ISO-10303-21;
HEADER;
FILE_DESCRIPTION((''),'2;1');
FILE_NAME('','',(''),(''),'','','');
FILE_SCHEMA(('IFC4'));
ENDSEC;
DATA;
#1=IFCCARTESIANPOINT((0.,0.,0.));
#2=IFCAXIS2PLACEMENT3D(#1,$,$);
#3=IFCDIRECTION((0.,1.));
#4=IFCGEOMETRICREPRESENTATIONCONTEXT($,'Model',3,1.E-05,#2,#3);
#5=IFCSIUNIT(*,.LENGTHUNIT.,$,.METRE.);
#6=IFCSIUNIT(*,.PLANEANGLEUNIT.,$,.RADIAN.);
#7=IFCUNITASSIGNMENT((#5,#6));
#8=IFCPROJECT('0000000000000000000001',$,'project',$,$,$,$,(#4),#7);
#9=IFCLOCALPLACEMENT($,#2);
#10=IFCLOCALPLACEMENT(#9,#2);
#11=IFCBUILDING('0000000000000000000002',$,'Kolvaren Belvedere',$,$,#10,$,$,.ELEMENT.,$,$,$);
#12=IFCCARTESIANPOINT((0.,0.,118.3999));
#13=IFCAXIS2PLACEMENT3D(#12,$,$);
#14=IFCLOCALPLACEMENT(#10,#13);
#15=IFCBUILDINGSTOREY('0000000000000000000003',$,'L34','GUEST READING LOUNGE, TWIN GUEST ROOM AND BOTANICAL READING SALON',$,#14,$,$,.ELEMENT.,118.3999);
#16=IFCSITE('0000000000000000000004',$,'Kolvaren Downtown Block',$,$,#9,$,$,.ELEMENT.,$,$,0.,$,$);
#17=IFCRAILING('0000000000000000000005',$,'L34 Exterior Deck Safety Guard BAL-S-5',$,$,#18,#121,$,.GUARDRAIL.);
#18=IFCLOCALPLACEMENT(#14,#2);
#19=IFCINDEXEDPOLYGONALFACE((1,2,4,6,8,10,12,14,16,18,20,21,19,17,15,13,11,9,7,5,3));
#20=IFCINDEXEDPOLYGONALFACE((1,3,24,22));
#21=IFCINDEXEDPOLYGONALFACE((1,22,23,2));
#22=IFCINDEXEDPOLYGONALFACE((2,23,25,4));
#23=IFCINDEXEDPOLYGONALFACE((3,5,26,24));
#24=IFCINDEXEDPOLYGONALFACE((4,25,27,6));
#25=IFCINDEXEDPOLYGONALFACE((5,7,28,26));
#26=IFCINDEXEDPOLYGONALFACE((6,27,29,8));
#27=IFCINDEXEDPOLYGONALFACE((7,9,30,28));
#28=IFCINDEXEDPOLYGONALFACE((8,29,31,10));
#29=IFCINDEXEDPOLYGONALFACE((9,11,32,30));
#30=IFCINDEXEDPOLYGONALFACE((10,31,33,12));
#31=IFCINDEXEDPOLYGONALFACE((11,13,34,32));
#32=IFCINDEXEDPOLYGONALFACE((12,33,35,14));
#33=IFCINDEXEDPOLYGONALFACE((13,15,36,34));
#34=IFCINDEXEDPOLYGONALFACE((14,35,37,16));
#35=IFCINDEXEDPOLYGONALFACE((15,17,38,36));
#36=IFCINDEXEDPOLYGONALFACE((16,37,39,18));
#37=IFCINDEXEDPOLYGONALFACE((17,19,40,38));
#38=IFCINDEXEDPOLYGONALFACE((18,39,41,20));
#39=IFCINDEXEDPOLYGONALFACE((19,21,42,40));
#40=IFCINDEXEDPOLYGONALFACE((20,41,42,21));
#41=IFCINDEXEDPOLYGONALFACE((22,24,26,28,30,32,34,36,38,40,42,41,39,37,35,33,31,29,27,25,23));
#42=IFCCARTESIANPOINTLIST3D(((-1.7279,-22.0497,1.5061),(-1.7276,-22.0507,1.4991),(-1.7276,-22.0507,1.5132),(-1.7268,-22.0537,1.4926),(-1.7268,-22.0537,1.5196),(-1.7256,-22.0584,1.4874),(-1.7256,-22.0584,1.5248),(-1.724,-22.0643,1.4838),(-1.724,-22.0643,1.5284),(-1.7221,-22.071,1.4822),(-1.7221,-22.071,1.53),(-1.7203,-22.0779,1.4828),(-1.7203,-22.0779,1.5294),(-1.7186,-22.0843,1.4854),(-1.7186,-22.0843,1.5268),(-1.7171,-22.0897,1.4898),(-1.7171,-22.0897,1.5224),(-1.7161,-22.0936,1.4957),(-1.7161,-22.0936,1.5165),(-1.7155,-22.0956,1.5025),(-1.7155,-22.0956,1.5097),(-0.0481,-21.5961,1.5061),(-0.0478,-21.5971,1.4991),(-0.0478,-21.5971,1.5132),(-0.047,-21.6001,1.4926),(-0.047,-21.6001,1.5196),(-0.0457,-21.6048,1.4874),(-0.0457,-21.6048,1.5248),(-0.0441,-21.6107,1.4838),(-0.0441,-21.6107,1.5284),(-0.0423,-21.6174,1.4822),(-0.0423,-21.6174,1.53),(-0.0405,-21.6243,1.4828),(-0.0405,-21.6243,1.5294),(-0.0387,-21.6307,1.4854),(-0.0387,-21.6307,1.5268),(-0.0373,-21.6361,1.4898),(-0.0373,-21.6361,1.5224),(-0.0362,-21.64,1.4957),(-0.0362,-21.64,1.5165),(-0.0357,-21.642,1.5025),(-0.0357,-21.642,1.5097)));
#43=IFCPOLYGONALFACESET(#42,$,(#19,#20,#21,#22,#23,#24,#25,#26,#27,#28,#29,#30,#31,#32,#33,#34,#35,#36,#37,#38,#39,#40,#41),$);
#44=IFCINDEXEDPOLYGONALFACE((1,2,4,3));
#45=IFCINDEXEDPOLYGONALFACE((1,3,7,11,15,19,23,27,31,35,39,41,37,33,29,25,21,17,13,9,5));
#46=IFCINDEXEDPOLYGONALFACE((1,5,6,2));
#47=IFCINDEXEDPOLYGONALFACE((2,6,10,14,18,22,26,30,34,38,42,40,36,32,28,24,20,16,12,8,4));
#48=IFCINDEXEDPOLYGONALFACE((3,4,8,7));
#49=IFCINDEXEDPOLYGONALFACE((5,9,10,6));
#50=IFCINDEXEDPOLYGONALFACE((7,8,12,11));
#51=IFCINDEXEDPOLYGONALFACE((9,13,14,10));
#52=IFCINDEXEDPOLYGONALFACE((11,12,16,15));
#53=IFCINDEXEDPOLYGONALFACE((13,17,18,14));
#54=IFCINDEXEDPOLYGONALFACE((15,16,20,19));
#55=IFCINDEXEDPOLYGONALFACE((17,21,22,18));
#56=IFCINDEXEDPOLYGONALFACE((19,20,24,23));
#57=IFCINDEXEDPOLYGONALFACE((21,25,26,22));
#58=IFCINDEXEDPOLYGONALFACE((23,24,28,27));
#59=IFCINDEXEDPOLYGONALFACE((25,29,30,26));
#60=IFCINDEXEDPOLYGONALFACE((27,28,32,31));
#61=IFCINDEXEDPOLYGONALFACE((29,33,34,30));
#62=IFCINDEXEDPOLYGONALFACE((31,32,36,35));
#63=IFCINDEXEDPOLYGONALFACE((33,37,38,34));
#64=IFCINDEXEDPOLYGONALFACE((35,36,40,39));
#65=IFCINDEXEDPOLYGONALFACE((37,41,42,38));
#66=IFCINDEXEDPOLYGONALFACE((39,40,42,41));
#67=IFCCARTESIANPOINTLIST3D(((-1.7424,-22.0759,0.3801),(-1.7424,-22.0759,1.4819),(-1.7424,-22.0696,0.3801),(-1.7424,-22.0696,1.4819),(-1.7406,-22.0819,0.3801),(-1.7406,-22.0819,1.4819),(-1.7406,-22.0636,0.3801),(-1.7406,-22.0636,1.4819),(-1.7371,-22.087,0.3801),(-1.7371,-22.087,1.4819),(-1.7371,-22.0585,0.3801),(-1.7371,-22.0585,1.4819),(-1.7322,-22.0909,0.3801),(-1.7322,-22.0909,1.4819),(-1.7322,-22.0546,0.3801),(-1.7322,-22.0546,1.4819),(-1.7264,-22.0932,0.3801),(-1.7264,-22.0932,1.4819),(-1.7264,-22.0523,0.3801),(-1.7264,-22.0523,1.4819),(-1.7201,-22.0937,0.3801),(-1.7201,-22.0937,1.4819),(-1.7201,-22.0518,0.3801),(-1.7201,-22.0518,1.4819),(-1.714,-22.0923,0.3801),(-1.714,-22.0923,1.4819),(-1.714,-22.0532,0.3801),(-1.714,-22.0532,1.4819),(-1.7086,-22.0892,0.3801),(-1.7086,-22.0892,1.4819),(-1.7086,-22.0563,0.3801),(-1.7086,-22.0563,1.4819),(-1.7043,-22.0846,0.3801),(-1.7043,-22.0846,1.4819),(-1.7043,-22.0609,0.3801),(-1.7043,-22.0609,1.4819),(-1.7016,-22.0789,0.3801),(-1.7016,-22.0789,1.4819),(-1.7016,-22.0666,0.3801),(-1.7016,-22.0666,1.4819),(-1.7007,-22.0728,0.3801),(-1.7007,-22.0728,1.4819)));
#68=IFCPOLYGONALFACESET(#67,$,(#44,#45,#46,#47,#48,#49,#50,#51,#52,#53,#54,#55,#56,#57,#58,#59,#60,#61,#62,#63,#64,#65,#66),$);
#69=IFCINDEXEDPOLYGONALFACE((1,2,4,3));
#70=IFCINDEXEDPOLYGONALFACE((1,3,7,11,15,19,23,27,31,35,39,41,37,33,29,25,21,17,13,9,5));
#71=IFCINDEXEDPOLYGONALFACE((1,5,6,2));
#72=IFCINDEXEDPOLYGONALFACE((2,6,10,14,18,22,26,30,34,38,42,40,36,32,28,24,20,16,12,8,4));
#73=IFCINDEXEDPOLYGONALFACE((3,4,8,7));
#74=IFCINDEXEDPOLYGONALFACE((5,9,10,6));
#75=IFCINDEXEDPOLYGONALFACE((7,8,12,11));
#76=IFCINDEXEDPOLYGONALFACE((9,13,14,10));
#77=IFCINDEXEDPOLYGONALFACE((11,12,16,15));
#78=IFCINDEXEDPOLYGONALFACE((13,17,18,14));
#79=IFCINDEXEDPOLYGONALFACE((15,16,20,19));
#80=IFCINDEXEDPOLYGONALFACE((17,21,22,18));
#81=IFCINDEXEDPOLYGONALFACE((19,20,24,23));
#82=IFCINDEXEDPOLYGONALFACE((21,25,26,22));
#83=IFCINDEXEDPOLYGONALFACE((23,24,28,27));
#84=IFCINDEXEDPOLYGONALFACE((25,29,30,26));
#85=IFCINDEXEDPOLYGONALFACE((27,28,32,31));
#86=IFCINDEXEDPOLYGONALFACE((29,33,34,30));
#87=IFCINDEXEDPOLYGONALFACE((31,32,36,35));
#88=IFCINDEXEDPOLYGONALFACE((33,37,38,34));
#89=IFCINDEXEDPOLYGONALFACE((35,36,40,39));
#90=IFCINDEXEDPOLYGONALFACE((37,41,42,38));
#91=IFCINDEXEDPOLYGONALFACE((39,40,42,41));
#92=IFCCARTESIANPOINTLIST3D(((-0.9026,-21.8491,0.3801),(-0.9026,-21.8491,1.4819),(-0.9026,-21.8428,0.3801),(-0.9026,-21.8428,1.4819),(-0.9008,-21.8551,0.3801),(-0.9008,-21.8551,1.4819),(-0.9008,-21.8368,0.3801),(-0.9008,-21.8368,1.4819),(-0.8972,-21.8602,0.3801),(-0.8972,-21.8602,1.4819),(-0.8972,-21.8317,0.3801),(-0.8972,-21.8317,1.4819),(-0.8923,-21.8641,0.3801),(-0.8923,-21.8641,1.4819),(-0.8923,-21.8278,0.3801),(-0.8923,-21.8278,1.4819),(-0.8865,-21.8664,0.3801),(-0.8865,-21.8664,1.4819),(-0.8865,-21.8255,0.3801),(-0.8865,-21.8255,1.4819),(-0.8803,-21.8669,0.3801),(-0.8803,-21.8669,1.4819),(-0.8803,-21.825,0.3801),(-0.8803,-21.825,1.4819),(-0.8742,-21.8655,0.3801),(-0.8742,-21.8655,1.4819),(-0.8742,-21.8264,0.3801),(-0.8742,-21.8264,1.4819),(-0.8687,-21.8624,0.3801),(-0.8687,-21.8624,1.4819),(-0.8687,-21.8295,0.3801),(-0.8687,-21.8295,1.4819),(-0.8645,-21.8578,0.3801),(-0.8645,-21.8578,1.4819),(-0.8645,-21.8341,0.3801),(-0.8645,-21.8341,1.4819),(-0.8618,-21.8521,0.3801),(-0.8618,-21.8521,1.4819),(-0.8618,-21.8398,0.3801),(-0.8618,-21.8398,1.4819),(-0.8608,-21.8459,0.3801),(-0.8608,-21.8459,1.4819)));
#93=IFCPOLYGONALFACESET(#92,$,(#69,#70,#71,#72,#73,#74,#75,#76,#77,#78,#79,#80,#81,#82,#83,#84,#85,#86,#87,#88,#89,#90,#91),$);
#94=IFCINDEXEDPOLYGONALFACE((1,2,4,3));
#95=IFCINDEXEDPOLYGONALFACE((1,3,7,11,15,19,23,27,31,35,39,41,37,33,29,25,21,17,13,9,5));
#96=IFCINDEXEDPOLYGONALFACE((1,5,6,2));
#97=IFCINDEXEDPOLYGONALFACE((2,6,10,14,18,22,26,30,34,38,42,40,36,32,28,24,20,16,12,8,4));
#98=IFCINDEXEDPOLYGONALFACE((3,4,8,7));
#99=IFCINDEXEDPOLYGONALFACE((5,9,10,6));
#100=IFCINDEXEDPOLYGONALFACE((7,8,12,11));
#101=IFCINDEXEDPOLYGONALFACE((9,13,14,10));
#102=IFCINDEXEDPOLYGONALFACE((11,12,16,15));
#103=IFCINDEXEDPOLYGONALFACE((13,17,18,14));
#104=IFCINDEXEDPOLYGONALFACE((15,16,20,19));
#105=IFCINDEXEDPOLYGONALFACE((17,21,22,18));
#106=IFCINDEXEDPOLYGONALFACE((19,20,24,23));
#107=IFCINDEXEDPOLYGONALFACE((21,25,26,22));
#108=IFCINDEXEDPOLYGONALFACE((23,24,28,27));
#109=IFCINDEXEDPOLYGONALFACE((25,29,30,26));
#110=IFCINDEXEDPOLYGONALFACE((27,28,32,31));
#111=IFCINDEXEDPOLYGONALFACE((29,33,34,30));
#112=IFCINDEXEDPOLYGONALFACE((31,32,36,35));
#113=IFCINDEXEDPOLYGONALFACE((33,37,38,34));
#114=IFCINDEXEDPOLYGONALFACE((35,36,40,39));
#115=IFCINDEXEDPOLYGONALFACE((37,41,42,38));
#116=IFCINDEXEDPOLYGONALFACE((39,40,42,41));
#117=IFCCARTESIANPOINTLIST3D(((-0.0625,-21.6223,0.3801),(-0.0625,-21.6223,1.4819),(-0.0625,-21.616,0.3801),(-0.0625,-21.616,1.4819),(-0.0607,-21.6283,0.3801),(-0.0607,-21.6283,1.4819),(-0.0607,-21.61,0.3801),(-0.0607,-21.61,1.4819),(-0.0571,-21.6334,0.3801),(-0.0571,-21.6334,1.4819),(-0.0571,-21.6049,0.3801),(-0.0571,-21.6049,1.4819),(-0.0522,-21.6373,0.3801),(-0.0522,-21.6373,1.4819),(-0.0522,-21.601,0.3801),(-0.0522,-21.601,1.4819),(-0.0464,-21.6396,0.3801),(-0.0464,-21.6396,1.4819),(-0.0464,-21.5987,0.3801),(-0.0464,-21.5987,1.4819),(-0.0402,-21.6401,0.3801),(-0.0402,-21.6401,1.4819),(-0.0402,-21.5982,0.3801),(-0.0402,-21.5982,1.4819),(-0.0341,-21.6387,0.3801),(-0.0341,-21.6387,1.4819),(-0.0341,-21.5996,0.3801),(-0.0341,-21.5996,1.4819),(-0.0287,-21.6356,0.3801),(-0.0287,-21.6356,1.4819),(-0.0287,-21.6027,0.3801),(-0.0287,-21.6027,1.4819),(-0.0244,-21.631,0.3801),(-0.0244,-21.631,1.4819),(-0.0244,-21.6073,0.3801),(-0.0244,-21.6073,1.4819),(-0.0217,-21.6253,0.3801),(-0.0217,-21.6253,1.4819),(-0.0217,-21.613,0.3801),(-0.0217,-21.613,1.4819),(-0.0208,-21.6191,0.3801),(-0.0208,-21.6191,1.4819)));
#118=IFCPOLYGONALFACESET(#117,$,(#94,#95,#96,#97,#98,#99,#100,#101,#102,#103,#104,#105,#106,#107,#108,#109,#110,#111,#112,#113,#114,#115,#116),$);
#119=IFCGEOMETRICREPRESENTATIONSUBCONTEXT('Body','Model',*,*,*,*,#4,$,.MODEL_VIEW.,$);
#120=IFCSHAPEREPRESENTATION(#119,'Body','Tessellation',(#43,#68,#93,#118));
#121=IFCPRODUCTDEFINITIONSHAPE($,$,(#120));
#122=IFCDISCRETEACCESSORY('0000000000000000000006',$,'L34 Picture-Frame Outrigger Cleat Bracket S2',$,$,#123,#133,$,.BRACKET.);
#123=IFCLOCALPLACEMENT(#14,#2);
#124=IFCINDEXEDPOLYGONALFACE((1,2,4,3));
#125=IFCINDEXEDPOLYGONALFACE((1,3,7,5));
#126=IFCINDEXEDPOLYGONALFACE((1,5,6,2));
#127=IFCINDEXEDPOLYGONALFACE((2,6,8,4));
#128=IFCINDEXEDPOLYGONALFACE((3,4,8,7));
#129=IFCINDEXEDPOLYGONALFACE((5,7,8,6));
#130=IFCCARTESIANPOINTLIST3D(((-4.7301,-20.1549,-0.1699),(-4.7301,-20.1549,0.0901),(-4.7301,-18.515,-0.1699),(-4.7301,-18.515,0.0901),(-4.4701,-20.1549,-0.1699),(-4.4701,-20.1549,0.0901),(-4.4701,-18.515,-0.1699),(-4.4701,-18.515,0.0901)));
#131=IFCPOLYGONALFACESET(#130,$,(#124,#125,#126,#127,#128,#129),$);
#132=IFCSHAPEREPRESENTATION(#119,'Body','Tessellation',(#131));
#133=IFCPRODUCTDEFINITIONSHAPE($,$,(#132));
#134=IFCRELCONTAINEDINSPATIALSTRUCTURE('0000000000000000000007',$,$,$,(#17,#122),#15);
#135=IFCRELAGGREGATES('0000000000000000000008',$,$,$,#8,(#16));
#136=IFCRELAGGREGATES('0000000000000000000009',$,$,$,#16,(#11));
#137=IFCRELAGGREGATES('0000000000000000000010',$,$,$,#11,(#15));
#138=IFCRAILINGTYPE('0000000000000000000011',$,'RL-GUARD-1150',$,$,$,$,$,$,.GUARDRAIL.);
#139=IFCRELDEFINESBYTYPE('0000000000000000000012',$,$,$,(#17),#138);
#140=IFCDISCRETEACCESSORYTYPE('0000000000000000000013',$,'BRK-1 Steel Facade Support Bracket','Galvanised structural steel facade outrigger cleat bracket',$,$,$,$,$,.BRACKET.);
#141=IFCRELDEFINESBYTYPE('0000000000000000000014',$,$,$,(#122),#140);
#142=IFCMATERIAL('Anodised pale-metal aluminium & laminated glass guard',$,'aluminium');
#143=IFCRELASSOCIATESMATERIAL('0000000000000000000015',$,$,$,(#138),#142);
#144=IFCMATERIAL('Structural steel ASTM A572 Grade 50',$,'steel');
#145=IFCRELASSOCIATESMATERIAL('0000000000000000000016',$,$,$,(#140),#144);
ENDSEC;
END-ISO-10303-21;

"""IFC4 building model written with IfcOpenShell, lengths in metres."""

from ifc_helpers import new_model, si_unit, direction, frame, origin, origin_2d, place, context, subcontext, project, spatial, rectangle, circle, extrude, material, type_object, element, save


model = new_model("IFC4")

# Units and contexts
model_context = context("Model", 3, precision=1e-05, world=origin(), true_north=direction((0.0, 1.0)))
body_context = subcontext(model_context, "Body", "Model", "MODEL_VIEW")
ifc_project = project(units=[si_unit("LENGTHUNIT", "METRE"), si_unit("PLANEANGLEUNIT", "RADIAN")], contexts=[model_context])

# Site, building, storey
site_placement = place(None, origin())
site = spatial("IfcSite", under=ifc_project, at=site_placement, Name="Kolvaren Downtown Block", CompositionType="ELEMENT", RefElevation=0.0)
building_placement = place(site_placement, origin())
building = spatial("IfcBuilding", under=site, at=building_placement, Name="Kolvaren Belvedere", CompositionType="ELEMENT")
storey_placement = place(building_placement, frame((0.0, 0.0, 118.3999)))
storey = spatial("IfcBuildingStorey", under=building, at=storey_placement, Name="L34", Description="GUEST READING LOUNGE, TWIN GUEST ROOM AND BOTANICAL READING SALON", CompositionType="ELEMENT", Elevation=118.3999)

# Railing
ifc_material_1 = material(Name="Anodised pale-metal aluminium & laminated glass guard", Category="aluminium")
railing_type = type_object("IfcRailingType", Name="RL-GUARD-1150", PredefinedType="GUARDRAIL", material=ifc_material_1)
railing_1_placement = place(storey_placement, frame((-1.7217, -22.0728, 0.3801)))
element("IfcRailing", 1, at=railing_1_placement, inside=storey, type_object=railing_type, Name="L34 Exterior Deck Safety Guard BAL-S-5", PredefinedType="GUARDRAIL", context=body_context, shape_type="SweptSolid", body=[
    extrude(circle(Radius=0.0239, at=origin_2d()), frame((0.0, 0.0, 1.126), z_axis=(0.965424, 0.260683, 0.0), x_axis=(-0.260683, 0.965424, 0.0)), (0.0, 0.0, 1.0), 1.74),
    extrude(circle(Radius=0.021, at=origin_2d()), origin(), (0.0, 0.0, 1.0), 1.1018),
    extrude(circle(Radius=0.021, at=origin_2d()), frame((0.8398, 0.2268, 0.0)), (0.0, 0.0, 1.0), 1.1018),
    extrude(circle(Radius=0.021, at=origin_2d()), frame((1.6799, 0.4536, 0.0)), (0.0, 0.0, 1.0), 1.1018),
])

# Discrete accessory
ifc_material_2 = material(Name="Structural steel ASTM A572 Grade 50", Category="steel")
discrete_accessory_type = type_object("IfcDiscreteAccessoryType", Name="BRK-1 Steel Facade Support Bracket", Description="Galvanised structural steel facade outrigger cleat bracket", PredefinedType="BRACKET", material=ifc_material_2)
discrete_accessory_placement = place(storey_placement, frame((-4.6001, -19.335, -0.1699), z_axis=(0.0, 0.0, 1.0), x_axis=(0.0, 1.0, 0.0)))
element("IfcDiscreteAccessory", 2, at=discrete_accessory_placement, inside=storey, type_object=discrete_accessory_type, Name="L34 Picture-Frame Outrigger Cleat Bracket S2", PredefinedType="BRACKET", context=body_context, shape_type="SweptSolid", body=[
    extrude(rectangle(XDim=1.6399, YDim=0.26, at=origin_2d()), origin(), (0.0, 0.0, 1.0), 0.26),
])

save(model, "model.ifc")
